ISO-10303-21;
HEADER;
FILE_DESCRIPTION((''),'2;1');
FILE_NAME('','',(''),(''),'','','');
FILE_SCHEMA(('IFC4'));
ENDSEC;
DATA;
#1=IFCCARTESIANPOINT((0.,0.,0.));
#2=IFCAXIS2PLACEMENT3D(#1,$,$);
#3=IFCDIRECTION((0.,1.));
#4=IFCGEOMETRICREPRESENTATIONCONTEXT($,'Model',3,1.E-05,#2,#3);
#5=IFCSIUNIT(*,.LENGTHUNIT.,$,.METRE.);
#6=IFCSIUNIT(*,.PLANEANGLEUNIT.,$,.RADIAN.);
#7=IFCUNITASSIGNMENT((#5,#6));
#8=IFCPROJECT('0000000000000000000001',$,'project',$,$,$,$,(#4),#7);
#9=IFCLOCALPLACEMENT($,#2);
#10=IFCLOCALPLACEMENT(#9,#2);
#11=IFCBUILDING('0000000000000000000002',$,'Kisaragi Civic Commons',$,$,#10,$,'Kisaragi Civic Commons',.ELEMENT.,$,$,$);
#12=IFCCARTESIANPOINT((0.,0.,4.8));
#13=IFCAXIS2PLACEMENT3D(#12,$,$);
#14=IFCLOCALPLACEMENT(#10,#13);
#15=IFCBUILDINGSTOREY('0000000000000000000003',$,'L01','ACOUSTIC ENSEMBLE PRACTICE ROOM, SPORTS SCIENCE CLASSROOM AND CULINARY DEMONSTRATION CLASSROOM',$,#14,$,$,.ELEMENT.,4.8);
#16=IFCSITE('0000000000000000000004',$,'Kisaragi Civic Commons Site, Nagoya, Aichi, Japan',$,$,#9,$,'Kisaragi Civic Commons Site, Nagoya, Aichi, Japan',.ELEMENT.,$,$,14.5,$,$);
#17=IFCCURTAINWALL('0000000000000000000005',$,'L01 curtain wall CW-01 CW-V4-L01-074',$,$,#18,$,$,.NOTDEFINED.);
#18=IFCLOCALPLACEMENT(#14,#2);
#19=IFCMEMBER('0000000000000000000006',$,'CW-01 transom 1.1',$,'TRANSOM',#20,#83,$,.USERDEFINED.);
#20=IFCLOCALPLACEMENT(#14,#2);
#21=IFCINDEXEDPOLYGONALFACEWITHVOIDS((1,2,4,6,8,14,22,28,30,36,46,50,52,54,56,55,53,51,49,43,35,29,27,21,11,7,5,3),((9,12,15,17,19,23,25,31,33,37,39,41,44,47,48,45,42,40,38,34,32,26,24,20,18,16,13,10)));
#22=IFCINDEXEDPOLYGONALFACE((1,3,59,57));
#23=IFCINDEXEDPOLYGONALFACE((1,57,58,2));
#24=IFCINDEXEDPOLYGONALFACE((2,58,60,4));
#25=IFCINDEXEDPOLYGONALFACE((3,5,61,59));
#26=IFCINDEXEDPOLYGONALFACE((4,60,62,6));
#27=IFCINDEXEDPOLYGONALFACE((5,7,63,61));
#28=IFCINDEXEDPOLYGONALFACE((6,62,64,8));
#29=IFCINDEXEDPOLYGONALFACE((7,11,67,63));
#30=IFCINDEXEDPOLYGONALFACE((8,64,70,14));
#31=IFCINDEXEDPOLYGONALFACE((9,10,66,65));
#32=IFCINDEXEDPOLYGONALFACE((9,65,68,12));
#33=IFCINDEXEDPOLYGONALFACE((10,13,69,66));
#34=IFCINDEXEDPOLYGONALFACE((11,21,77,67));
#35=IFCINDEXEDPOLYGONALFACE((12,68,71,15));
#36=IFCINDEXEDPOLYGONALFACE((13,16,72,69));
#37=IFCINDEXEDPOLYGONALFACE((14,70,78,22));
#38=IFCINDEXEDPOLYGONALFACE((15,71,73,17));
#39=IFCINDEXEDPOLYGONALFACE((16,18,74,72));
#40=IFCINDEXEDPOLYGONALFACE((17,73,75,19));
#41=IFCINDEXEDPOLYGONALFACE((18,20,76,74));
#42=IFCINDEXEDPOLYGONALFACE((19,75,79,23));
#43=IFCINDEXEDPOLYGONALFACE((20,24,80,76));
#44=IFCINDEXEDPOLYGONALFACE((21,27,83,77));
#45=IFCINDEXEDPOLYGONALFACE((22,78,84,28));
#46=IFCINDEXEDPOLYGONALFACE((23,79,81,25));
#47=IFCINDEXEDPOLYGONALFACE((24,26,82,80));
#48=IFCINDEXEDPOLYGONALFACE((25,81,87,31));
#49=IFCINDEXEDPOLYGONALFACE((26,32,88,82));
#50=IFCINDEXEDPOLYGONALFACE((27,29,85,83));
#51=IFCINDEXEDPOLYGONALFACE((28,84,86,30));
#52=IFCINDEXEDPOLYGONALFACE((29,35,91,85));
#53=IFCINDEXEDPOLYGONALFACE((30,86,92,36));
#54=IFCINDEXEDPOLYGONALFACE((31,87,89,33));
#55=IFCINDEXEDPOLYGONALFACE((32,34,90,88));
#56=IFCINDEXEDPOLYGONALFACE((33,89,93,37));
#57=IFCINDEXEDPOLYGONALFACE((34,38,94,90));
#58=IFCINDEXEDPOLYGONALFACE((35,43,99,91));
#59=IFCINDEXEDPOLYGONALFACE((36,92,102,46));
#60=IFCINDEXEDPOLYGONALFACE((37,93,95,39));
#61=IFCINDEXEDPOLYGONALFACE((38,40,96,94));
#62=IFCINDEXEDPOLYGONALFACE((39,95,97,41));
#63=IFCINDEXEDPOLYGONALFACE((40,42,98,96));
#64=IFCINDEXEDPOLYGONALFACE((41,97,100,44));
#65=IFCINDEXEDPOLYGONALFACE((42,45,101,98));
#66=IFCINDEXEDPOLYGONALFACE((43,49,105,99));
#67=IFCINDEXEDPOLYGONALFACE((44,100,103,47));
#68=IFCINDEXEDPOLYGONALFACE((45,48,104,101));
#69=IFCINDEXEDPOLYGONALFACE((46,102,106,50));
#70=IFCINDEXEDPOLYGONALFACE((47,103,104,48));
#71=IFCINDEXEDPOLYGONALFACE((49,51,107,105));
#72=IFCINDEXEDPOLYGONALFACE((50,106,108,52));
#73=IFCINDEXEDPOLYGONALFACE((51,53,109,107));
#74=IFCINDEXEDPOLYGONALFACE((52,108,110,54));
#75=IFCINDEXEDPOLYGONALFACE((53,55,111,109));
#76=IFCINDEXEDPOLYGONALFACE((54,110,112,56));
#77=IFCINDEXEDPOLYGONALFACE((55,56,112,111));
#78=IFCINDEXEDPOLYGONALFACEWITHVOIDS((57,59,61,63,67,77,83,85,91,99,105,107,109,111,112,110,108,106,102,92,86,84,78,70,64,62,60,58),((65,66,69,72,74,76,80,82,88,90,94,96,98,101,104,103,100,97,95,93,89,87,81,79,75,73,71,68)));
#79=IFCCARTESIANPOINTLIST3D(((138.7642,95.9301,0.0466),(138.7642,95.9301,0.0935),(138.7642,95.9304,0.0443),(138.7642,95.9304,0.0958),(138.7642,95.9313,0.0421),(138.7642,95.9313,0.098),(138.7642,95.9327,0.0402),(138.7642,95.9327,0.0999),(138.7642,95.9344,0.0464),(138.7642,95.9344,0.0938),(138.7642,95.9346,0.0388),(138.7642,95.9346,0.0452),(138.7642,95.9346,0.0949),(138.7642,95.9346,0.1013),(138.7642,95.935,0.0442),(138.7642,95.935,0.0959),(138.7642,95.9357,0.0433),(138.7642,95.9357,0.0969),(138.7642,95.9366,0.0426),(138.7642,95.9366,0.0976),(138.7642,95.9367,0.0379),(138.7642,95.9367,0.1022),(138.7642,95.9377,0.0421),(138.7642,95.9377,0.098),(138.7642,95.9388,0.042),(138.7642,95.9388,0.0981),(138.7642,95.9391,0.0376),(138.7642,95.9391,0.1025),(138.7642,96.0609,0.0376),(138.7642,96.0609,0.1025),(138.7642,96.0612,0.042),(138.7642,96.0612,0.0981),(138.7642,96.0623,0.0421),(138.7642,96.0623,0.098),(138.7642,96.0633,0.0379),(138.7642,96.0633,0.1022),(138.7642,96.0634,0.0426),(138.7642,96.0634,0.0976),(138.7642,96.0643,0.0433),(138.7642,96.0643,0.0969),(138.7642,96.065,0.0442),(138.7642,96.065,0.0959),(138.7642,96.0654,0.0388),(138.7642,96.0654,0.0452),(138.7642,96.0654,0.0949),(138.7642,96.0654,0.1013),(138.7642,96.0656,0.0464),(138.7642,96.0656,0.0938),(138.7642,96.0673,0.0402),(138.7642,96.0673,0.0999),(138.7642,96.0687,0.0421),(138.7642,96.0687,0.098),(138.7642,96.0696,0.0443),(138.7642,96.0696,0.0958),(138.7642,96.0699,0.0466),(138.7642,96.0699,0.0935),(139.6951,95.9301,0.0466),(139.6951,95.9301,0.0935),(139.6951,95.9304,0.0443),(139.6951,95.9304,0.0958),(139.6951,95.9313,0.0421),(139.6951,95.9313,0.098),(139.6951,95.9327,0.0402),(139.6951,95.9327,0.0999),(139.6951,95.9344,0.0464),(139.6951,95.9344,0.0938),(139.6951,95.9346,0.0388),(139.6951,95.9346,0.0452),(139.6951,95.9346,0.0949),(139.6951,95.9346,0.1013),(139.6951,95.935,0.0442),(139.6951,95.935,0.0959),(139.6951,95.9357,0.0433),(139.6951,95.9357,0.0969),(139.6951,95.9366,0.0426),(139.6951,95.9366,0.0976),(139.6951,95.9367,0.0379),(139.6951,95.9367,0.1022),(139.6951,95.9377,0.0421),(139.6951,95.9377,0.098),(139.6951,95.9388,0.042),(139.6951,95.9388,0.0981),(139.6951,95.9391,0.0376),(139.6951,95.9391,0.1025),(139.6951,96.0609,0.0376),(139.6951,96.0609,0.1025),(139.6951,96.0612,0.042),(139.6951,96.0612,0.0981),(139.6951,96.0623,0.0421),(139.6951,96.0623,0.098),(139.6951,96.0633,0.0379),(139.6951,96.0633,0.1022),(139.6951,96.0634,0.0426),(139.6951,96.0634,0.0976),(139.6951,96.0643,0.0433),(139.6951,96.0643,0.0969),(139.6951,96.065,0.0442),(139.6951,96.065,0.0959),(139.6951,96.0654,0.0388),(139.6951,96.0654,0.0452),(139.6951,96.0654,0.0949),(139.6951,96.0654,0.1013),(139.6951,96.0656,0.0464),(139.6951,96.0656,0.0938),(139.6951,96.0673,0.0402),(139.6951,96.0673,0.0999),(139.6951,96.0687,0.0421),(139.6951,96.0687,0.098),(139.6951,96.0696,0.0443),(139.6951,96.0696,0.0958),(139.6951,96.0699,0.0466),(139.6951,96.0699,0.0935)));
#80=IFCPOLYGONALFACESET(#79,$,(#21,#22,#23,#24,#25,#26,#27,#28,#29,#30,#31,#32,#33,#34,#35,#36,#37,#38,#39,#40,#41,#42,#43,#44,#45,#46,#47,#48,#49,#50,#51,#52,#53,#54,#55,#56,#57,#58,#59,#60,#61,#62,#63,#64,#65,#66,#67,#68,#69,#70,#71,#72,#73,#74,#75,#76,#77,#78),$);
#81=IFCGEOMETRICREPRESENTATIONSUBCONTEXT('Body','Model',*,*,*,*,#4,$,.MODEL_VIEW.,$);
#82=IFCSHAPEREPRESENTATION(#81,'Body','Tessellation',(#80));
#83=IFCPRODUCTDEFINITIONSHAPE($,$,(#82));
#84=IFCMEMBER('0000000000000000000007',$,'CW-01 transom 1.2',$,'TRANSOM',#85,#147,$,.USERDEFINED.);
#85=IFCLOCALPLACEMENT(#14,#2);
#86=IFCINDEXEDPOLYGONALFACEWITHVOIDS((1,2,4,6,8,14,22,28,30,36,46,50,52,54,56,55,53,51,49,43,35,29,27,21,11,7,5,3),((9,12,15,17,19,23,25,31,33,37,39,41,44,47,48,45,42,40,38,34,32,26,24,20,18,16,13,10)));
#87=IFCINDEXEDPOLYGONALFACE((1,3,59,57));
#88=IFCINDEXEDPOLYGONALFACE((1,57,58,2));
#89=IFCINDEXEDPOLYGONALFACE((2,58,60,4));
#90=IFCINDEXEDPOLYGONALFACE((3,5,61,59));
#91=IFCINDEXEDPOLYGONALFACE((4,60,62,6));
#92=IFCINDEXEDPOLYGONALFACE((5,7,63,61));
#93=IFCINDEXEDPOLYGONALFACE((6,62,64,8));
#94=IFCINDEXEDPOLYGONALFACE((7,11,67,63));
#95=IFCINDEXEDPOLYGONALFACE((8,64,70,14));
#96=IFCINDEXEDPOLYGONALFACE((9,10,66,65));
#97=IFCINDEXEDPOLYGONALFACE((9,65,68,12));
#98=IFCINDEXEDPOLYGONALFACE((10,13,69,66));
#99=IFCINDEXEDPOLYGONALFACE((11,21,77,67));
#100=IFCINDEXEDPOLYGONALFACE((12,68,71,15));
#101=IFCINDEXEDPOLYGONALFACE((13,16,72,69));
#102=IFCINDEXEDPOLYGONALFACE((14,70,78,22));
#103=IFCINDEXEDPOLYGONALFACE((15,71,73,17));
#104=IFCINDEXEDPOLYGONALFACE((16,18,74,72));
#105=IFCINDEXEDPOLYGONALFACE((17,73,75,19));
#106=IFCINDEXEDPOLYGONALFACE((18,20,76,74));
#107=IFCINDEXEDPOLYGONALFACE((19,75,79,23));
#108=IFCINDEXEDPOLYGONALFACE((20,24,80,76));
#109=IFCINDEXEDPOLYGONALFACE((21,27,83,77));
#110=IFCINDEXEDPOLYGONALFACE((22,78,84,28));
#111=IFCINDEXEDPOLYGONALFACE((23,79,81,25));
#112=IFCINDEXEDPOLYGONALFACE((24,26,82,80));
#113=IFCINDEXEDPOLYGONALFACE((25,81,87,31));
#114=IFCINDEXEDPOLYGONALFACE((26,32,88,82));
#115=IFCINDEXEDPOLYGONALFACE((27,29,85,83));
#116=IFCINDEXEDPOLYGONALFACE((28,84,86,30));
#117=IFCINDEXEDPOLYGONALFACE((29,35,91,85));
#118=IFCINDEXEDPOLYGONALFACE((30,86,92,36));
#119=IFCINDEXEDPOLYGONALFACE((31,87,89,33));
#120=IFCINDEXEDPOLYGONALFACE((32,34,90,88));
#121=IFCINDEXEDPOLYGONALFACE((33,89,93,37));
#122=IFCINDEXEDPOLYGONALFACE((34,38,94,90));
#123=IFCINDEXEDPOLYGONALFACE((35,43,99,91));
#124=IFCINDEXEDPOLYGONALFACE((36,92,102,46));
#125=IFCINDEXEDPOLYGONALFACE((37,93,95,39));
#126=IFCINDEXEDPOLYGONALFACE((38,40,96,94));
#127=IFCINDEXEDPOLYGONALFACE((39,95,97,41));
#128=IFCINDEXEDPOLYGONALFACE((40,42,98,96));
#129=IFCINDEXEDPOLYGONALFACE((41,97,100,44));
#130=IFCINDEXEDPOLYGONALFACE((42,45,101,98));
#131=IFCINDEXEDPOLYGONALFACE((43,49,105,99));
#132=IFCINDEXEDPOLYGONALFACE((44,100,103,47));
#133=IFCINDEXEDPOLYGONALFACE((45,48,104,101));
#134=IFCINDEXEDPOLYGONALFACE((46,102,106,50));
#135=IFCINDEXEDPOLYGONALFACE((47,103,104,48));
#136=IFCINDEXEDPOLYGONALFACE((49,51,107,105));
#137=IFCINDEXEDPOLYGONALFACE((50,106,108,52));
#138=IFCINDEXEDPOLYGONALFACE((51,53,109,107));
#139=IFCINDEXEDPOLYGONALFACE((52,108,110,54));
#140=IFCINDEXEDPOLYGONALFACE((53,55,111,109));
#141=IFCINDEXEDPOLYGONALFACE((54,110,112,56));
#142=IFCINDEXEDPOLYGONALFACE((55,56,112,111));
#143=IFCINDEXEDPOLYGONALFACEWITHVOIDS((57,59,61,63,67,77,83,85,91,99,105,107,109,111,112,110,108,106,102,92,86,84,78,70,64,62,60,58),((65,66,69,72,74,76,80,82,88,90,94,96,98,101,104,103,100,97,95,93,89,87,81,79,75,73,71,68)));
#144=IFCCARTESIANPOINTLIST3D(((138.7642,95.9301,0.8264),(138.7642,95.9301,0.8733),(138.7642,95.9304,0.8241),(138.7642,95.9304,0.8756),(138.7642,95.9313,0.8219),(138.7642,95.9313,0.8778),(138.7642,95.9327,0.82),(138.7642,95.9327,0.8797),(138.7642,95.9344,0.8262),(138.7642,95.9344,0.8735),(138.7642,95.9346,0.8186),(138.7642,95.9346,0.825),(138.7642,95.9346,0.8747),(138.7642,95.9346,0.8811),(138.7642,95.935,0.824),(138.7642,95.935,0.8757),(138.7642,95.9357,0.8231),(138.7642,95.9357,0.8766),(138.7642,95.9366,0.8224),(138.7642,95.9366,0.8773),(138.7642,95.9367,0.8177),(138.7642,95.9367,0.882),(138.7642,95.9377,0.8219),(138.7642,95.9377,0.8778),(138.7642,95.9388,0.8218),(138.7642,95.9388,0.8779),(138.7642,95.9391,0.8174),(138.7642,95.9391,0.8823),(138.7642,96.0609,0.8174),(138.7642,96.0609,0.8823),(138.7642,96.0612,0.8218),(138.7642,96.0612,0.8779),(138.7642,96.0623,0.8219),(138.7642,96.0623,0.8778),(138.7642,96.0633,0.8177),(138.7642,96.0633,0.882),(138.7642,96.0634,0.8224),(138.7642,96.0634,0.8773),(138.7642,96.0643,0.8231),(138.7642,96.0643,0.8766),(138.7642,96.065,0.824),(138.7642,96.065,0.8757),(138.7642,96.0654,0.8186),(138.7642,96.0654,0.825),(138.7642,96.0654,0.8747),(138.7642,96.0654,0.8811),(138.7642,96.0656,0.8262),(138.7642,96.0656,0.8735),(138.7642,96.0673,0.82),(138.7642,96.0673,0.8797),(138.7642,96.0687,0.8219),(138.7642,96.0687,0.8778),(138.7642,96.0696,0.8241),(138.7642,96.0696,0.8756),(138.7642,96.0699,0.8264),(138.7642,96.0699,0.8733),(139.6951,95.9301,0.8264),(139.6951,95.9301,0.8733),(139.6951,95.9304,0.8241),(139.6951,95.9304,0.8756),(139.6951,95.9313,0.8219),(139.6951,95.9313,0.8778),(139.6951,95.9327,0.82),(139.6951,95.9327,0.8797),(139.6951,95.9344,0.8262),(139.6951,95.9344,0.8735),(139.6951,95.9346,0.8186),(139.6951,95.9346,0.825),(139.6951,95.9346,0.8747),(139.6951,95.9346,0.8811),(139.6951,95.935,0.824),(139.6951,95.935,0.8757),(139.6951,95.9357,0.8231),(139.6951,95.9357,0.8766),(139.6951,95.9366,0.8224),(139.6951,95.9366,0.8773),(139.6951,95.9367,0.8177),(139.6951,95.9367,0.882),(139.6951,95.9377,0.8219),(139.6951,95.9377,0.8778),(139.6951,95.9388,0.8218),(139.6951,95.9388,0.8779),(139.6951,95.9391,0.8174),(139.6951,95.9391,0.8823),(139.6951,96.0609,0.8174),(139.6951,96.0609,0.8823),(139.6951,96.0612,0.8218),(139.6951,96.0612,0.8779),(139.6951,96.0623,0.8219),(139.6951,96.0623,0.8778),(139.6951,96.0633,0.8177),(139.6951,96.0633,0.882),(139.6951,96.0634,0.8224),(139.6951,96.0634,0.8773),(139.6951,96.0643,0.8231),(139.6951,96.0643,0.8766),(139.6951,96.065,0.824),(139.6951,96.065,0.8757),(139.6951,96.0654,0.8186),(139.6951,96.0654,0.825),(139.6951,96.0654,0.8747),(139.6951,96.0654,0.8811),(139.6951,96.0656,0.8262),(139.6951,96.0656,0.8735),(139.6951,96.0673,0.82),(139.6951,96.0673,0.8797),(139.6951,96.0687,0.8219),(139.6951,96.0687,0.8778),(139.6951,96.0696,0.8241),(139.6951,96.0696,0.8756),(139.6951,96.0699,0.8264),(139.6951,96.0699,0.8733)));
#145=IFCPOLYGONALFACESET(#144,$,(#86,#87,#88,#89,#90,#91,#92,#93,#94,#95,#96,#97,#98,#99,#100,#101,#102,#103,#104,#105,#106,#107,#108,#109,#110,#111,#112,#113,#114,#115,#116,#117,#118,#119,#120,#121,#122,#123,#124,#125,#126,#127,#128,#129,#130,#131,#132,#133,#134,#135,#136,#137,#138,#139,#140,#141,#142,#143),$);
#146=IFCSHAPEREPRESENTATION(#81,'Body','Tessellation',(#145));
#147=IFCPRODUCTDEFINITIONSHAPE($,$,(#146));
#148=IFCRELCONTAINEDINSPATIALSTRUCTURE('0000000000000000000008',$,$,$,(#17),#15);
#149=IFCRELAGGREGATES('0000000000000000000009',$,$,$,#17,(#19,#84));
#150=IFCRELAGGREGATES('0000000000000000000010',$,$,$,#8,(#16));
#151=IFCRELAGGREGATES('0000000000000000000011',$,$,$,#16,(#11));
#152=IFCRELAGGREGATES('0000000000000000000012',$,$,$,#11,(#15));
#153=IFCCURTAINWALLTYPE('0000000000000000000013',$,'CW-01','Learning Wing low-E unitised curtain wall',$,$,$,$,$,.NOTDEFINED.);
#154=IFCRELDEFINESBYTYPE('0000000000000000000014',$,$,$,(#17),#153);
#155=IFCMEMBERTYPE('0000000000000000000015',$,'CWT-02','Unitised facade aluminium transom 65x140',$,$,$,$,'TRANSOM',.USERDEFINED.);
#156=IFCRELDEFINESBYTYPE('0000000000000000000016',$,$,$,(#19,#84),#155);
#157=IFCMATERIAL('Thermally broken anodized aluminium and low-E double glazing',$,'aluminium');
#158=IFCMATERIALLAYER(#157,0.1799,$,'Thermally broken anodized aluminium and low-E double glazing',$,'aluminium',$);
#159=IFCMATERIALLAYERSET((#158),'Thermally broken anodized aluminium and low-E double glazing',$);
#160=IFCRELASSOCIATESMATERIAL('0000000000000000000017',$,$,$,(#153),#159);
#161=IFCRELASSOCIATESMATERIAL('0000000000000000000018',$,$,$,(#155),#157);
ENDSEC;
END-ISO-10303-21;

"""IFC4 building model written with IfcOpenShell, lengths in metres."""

from ifc_helpers import new_model, si_unit, direction, frame, origin, origin_2d, place, context, subcontext, project, spatial, hollow_rectangle, extrude, material, layer, layer_set, material_profile, profile_set, type_object, element, aggregate, save


model = new_model("IFC4")

# Units and contexts
model_context = context("Model", 3, precision=1e-05, world=origin(), true_north=direction((0.0, 1.0)))
body_context = subcontext(model_context, "Body", "Model", "MODEL_VIEW")
ifc_project = project(units=[si_unit("LENGTHUNIT", "METRE"), si_unit("PLANEANGLEUNIT", "RADIAN")], contexts=[model_context])

# Site, building, storey
site_placement = place(None, origin())
site = spatial("IfcSite", under=ifc_project, at=site_placement, Name="Kisaragi Civic Commons Site, Nagoya, Aichi, Japan", LongName="Kisaragi Civic Commons Site, Nagoya, Aichi, Japan", CompositionType="ELEMENT", RefElevation=14.5)
building_placement = place(site_placement, origin())
building = spatial("IfcBuilding", under=site, at=building_placement, Name="Kisaragi Civic Commons", LongName="Kisaragi Civic Commons", CompositionType="ELEMENT")
storey_placement = place(building_placement, frame((0.0, 0.0, 4.8)))
storey = spatial("IfcBuildingStorey", under=building, at=storey_placement, Name="L01", Description="ACOUSTIC ENSEMBLE PRACTICE ROOM, SPORTS SCIENCE CLASSROOM AND CULINARY DEMONSTRATION CLASSROOM", CompositionType="ELEMENT", Elevation=4.8)

# Curtain wall
ifc_material = material(Name="Thermally broken anodized aluminium and low-E double glazing", Category="aluminium")
ifc_layer_1 = layer(ifc_material, 0.1799, Name="Thermally broken anodized aluminium and low-E double glazing", Category="aluminium")
ifc_layer_set_1 = layer_set([ifc_layer_1], Name="Thermally broken anodized aluminium and low-E double glazing")
curtain_wall_type = type_object("IfcCurtainWallType", Name="CW-01", Description="Learning Wing low-E unitised curtain wall", PredefinedType="NOTDEFINED", material=ifc_layer_set_1)
curtain_wall_1_placement = place(storey_placement, origin())
curtain_wall_1 = element("IfcCurtainWall", 1, at=curtain_wall_1_placement, inside=storey, type_object=curtain_wall_type, Name="L01 curtain wall CW-01 CW-V4-L01-074", PredefinedType="NOTDEFINED")

# Members
ifc_material_profile_1 = material_profile(ifc_material, hollow_rectangle(XDim=0.1399, YDim=0.0649, WallThickness=0.0044, InnerFilletRadius=0.0044, OuterFilletRadius=0.009, at=origin_2d()), Name="CWT-65x140x4.5", Category="aluminium")
ifc_profile_set_1 = profile_set([ifc_material_profile_1], Name="Thermally broken anodized aluminium and low-E double glazing")
member_type_1 = type_object("IfcMemberType", Name="CWT-02", Description="Unitised facade aluminium transom 65x140", ElementType="TRANSOM", PredefinedType="USERDEFINED", material=ifc_profile_set_1)
member_1_placement = place(storey_placement, frame((139.6951, 96.0, 0.0701), z_axis=(-1.0, 0.0, 0.0), x_axis=(0.0, -1.0, 0.0)))
member_1 = element("IfcMember", 2, at=member_1_placement, type_object=member_type_1, Name="CW-01 transom 1.1", ObjectType="TRANSOM", PredefinedType="USERDEFINED", context=body_context, shape_type="SweptSolid", body=[
    extrude(hollow_rectangle(XDim=0.1399, YDim=0.0649, WallThickness=0.0044, InnerFilletRadius=0.0044, OuterFilletRadius=0.009, at=origin_2d()), origin(), (0.0, 0.0, 1.0), 0.9309),
])
member_2_placement = place(storey_placement, frame((139.6951, 96.0, 0.8499), z_axis=(-1.0, 0.0, 0.0), x_axis=(0.0, -1.0, 0.0)))
member_2 = element("IfcMember", 3, at=member_2_placement, type_object=member_type_1, Name="CW-01 transom 1.2", ObjectType="TRANSOM", PredefinedType="USERDEFINED", context=body_context, shape_type="SweptSolid", body=[
    extrude(hollow_rectangle(XDim=0.1399, YDim=0.0649, WallThickness=0.0044, InnerFilletRadius=0.0044, OuterFilletRadius=0.009, at=origin_2d()), origin(), (0.0, 0.0, 1.0), 0.9309),
])

aggregate(curtain_wall_1, [member_1, member_2])

save(model, "model.ifc")
